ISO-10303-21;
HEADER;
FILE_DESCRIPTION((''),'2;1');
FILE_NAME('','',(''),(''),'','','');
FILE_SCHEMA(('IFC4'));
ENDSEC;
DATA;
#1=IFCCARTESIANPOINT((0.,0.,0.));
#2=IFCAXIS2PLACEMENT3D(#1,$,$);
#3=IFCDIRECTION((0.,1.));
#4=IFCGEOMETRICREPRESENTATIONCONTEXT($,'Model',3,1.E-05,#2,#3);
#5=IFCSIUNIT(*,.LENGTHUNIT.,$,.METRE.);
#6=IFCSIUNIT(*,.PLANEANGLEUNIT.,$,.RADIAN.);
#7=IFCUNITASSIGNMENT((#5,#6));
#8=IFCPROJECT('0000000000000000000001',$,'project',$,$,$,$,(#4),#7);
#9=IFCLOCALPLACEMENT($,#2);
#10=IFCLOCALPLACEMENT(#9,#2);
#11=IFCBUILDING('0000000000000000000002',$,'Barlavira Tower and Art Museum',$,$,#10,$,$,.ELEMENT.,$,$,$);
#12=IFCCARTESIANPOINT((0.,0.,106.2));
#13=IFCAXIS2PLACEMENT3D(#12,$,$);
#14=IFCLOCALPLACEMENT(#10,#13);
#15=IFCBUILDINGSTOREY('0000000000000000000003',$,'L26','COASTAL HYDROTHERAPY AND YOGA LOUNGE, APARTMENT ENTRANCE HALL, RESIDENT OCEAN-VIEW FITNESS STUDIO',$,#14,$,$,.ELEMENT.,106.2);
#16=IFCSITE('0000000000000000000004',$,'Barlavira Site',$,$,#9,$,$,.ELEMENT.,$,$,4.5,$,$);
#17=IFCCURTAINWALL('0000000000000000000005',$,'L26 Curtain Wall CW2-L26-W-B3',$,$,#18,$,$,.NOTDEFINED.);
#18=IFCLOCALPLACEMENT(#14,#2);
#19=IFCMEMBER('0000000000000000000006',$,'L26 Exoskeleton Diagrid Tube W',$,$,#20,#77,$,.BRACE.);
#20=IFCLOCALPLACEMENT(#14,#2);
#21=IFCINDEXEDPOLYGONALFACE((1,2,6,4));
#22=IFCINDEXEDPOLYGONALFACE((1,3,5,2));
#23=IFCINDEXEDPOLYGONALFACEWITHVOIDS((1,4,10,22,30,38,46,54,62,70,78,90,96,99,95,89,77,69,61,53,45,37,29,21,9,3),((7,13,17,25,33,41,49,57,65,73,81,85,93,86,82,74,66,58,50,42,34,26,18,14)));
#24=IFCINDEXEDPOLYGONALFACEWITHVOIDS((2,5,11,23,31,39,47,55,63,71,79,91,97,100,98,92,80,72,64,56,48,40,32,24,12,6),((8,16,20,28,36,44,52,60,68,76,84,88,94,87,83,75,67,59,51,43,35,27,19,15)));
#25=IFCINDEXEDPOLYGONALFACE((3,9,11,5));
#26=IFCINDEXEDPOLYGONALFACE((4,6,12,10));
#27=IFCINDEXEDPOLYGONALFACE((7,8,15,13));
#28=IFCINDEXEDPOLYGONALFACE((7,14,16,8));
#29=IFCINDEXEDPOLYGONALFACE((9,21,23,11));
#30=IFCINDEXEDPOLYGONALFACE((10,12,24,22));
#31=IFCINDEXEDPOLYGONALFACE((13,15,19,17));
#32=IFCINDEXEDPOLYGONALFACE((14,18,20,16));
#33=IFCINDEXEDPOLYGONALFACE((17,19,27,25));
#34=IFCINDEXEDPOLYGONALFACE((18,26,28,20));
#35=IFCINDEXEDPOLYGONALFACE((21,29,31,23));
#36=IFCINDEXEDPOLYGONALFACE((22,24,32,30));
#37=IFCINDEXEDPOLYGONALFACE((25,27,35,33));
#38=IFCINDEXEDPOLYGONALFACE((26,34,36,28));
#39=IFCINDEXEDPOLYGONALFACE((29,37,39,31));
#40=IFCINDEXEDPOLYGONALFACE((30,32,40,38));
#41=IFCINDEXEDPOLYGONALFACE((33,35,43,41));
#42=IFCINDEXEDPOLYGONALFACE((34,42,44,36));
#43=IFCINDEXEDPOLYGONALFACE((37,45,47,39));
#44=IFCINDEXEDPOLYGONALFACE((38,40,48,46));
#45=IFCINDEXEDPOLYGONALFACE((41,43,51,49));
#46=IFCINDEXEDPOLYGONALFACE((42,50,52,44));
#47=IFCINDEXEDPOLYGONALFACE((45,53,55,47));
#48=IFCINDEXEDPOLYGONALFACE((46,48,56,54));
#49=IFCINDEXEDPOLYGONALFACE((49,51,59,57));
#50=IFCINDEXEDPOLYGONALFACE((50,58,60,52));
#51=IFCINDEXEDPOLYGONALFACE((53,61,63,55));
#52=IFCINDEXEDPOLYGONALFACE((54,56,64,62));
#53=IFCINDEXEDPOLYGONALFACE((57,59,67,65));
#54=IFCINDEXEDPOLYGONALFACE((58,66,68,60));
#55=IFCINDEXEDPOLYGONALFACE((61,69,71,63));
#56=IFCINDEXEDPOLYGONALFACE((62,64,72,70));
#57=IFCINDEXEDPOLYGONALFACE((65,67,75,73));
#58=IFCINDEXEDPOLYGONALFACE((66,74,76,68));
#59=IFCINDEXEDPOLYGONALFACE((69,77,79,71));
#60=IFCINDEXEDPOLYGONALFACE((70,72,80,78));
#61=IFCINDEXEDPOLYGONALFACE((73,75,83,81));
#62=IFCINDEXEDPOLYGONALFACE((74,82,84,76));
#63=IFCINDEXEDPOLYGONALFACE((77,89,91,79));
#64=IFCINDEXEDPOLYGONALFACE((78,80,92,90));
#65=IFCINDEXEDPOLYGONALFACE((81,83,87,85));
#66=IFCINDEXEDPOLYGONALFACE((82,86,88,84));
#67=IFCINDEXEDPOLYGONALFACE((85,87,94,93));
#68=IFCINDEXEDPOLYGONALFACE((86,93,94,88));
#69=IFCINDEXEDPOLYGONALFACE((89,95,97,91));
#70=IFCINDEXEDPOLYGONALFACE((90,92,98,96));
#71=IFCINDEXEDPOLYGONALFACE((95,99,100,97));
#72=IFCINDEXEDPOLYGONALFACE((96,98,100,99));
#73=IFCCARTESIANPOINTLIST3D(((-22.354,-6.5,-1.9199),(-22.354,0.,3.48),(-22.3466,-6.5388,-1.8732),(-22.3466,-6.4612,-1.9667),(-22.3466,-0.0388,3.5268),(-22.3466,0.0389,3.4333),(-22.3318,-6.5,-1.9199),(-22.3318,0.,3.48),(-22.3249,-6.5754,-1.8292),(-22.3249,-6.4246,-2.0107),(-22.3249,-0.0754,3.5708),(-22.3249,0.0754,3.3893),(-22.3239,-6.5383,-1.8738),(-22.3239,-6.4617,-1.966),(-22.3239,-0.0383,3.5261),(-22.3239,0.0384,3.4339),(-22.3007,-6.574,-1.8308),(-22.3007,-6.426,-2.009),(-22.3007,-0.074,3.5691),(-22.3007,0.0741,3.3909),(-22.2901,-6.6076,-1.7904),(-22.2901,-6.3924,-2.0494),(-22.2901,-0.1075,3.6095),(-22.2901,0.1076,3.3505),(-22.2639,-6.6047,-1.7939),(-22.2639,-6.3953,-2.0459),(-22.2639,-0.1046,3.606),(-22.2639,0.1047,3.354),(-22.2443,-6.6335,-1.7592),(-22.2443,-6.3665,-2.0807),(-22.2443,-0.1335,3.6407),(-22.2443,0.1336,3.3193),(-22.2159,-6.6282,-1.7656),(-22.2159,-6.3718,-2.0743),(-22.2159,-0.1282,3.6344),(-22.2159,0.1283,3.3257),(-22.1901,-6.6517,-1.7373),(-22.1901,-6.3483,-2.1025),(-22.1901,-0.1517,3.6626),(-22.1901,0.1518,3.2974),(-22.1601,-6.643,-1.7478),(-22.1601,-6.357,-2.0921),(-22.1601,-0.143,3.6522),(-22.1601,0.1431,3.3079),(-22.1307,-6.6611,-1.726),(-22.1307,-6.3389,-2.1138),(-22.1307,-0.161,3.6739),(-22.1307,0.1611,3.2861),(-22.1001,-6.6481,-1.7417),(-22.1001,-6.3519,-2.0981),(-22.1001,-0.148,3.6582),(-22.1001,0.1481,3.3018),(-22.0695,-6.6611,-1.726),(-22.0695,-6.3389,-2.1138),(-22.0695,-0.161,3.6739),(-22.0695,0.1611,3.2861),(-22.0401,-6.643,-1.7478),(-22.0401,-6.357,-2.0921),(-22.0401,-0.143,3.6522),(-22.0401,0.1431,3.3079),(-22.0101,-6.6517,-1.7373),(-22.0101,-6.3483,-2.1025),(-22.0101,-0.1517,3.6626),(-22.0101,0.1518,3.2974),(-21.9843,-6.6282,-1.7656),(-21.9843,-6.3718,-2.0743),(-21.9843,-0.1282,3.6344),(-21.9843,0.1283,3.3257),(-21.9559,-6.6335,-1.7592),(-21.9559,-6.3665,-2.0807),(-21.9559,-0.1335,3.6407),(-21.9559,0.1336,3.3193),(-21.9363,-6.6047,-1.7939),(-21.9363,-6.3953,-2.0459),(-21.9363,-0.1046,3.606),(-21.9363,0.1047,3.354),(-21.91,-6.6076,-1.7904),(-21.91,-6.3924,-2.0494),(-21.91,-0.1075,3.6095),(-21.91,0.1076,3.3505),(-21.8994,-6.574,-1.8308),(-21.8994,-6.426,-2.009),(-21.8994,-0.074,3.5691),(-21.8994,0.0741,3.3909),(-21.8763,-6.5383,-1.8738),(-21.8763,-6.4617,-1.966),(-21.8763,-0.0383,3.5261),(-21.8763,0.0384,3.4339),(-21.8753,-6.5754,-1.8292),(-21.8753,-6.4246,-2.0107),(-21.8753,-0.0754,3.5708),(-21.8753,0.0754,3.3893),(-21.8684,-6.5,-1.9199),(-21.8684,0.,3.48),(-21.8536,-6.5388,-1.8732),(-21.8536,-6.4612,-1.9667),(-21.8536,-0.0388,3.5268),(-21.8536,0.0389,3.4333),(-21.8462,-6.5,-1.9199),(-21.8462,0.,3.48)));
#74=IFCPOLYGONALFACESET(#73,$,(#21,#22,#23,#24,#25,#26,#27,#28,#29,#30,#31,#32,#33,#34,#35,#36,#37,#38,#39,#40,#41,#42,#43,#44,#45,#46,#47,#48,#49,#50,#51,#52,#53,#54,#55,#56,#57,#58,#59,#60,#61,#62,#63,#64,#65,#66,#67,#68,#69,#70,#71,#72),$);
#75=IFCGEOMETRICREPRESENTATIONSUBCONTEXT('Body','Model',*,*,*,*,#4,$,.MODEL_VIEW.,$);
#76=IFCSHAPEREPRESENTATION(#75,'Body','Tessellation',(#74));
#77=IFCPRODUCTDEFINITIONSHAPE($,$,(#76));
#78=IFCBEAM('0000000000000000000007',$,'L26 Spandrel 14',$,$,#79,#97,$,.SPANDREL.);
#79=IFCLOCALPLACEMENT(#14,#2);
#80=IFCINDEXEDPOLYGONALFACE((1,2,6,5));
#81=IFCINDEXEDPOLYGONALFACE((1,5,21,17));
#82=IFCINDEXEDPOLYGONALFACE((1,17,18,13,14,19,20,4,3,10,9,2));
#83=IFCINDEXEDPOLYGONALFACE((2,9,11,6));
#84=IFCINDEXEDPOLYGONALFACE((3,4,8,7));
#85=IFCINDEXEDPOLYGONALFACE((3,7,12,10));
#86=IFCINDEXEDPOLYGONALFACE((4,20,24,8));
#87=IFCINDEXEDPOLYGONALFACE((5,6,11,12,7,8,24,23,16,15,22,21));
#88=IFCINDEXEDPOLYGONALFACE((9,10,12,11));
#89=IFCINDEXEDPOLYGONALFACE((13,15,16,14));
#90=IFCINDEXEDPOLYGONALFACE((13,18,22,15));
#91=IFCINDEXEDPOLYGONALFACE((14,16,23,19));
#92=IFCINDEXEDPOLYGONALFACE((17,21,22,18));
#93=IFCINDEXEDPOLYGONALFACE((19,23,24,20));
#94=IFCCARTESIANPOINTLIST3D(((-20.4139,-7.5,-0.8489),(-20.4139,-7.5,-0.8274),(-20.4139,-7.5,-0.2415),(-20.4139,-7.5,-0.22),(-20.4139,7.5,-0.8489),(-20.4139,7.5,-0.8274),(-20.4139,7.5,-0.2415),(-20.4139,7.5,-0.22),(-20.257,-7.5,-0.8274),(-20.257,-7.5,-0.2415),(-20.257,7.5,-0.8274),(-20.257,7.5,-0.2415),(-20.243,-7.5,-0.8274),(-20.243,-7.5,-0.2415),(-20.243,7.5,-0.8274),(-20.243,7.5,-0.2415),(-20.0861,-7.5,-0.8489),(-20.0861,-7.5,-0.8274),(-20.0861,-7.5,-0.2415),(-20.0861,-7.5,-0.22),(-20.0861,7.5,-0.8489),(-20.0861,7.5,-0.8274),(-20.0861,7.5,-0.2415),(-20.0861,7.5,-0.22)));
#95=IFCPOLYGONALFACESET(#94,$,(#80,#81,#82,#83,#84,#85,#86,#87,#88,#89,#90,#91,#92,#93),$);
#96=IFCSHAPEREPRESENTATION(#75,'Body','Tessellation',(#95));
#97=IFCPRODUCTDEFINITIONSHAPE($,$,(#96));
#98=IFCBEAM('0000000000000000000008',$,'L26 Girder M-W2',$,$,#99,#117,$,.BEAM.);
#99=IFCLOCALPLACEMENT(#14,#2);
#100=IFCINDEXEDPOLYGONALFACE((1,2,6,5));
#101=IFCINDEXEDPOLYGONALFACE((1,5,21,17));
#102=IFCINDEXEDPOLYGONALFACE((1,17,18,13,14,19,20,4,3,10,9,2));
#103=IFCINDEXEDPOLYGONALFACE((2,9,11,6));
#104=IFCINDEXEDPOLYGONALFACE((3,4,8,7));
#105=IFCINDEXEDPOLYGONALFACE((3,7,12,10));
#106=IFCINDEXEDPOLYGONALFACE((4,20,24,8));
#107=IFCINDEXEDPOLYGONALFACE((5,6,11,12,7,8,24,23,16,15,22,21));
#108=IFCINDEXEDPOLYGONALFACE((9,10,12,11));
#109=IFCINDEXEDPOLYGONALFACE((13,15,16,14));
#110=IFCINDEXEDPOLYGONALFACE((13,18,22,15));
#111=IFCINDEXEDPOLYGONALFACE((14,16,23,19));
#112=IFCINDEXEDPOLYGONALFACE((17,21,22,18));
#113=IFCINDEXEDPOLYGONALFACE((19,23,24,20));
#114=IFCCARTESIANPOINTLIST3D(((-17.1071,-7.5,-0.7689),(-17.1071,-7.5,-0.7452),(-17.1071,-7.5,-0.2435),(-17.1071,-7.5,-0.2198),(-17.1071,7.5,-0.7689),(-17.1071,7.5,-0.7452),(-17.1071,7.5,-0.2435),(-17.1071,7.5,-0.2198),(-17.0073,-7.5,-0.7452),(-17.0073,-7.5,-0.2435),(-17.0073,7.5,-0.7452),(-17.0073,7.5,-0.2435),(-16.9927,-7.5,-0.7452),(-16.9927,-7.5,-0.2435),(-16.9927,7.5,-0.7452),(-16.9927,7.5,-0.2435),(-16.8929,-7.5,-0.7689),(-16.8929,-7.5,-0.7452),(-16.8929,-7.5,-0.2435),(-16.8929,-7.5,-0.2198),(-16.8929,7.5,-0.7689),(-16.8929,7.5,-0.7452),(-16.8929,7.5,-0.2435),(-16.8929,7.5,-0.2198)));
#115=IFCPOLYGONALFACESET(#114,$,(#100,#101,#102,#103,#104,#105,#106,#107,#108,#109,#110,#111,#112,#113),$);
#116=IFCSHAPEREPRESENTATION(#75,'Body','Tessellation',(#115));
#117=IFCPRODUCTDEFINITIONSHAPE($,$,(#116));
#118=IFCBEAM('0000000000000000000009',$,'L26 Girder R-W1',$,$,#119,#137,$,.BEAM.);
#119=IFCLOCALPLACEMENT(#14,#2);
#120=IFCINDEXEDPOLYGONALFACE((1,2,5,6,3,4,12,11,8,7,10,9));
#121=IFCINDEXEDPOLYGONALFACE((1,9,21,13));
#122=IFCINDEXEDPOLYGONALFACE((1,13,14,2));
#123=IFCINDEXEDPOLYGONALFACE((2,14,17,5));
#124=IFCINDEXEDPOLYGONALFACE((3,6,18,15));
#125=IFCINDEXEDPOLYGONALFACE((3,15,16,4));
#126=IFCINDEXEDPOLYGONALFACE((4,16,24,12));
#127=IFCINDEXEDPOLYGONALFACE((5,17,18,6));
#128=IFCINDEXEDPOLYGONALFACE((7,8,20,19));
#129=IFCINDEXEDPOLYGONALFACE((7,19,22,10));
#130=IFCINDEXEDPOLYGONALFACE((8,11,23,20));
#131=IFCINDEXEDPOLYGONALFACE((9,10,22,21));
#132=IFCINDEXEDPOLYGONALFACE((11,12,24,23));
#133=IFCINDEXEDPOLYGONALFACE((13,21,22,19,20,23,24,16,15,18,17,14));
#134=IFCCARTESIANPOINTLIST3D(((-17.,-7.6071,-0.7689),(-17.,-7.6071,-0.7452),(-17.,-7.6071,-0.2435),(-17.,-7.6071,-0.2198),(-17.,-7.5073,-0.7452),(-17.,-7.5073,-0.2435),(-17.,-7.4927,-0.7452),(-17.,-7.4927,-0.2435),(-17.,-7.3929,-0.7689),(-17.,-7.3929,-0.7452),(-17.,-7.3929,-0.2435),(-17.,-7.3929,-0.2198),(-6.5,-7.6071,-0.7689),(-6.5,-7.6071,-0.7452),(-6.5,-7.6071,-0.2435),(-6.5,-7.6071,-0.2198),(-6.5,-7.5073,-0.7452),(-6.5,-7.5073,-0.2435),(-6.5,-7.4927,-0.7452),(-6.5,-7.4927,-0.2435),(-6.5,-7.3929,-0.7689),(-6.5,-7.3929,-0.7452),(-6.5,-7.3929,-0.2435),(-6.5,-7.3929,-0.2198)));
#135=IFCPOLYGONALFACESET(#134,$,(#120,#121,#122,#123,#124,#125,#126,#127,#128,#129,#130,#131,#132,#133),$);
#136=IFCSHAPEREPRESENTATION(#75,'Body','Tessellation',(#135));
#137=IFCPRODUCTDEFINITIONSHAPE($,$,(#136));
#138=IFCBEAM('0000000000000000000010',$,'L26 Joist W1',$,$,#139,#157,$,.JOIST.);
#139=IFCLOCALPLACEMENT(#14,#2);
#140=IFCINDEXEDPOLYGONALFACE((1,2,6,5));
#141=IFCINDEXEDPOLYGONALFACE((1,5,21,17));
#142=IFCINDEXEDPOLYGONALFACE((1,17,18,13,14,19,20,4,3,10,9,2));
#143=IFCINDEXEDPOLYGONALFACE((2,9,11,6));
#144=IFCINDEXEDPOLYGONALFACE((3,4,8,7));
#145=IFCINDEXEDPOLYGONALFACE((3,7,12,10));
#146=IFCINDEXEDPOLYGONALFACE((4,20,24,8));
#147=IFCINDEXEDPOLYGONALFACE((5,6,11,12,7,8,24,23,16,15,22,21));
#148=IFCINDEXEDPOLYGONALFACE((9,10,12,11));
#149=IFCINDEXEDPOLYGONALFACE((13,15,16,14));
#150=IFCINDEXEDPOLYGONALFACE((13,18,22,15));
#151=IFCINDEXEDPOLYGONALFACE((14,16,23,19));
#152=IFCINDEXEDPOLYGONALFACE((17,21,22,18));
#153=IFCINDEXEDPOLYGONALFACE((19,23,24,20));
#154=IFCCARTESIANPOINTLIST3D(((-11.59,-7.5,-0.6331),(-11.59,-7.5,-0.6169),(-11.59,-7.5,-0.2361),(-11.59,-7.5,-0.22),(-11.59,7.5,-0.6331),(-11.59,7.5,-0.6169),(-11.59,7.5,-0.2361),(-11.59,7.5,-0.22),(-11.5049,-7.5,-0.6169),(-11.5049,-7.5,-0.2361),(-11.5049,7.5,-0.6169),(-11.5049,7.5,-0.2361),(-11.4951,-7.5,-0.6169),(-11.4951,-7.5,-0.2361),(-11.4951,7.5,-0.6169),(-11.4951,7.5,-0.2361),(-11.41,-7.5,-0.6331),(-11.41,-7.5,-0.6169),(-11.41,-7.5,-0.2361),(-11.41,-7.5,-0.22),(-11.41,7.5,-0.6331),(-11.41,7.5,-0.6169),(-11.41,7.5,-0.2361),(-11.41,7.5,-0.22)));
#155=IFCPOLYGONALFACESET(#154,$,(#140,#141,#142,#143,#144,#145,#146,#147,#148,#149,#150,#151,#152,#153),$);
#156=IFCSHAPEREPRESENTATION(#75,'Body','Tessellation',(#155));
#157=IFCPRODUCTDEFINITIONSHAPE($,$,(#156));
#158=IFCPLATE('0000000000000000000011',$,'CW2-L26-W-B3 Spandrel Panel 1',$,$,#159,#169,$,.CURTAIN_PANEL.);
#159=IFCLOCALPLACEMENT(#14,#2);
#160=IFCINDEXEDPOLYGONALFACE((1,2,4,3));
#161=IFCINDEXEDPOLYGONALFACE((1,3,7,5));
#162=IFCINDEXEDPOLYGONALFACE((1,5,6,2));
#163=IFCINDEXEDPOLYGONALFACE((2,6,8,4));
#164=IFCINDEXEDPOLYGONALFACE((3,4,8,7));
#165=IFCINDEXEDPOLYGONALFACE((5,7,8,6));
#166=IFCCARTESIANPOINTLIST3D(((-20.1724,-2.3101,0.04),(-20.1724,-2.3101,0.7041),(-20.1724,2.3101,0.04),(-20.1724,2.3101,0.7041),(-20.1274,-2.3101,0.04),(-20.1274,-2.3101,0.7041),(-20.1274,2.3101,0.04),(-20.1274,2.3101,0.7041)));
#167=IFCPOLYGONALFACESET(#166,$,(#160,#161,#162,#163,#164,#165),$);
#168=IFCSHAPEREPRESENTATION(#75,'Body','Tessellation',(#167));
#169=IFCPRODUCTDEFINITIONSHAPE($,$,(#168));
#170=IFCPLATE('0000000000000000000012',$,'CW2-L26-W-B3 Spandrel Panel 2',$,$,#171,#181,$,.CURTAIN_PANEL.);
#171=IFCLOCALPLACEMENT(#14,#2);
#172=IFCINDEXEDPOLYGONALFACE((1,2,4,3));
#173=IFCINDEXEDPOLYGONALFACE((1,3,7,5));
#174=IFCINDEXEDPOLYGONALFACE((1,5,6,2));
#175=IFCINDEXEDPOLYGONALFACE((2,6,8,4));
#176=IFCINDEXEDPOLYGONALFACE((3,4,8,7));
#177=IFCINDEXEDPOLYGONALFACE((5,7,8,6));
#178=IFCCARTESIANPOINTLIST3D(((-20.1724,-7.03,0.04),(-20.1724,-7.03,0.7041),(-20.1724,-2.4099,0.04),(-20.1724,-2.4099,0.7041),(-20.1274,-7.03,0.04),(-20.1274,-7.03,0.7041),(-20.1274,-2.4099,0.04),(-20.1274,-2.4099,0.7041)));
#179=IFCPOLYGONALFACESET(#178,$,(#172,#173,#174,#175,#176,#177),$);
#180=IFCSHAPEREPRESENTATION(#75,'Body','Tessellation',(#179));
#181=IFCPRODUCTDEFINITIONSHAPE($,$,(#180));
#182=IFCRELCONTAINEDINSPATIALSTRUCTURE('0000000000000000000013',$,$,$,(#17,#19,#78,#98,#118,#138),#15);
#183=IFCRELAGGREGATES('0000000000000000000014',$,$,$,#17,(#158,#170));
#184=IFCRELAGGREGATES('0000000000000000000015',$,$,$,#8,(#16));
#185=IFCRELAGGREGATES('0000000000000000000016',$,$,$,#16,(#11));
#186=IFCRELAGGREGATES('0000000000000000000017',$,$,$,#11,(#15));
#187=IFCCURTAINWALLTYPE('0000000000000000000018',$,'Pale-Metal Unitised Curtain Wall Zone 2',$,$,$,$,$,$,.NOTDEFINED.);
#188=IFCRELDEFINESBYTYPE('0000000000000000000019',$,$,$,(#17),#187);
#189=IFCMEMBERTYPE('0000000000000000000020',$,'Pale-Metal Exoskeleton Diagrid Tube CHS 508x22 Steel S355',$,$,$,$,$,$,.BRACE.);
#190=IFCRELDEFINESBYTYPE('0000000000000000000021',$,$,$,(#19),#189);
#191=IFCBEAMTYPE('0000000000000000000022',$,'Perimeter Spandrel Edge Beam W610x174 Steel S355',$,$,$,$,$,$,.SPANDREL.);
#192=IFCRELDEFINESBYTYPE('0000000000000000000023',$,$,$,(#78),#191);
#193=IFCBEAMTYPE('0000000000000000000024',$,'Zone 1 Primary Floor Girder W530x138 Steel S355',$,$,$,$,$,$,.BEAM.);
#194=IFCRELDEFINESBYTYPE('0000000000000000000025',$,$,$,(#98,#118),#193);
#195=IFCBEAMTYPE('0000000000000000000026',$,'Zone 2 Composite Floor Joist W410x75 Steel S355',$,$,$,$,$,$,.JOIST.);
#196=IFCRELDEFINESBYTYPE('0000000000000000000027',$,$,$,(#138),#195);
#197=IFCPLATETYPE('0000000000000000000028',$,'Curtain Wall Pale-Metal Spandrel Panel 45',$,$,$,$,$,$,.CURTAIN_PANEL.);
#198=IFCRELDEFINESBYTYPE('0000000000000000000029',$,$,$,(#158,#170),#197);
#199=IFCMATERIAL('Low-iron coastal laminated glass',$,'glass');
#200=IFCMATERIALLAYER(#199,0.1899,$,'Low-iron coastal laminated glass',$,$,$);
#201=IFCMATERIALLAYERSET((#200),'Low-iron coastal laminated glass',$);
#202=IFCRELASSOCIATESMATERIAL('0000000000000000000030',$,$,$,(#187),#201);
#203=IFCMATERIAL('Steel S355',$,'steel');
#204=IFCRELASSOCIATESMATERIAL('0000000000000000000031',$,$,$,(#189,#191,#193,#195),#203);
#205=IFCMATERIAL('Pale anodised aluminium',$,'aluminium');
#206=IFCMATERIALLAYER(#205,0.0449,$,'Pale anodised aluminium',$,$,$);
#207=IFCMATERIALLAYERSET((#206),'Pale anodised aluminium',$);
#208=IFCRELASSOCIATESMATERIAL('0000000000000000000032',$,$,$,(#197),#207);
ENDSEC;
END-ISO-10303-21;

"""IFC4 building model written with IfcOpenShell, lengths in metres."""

from ifc_helpers import new_model, si_unit, direction, frame, origin, origin_2d, place, context, subcontext, project, spatial, rectangle, hollow_circle, i_section, extrude, material, layer, layer_set, material_profile, profile_set, type_object, element, aggregate, save


model = new_model("IFC4")

# Units and contexts
model_context = context("Model", 3, precision=1e-05, world=origin(), true_north=direction((0.0, 1.0)))
body_context = subcontext(model_context, "Body", "Model", "MODEL_VIEW")
ifc_project = project(units=[si_unit("LENGTHUNIT", "METRE"), si_unit("PLANEANGLEUNIT", "RADIAN")], contexts=[model_context])

# Site, building, storey
site_placement = place(None, origin())
site = spatial("IfcSite", under=ifc_project, at=site_placement, Name="Barlavira Site", CompositionType="ELEMENT", RefElevation=4.5)
building_placement = place(site_placement, origin())
building = spatial("IfcBuilding", under=site, at=building_placement, Name="Barlavira Tower and Art Museum", CompositionType="ELEMENT")
storey_placement = place(building_placement, frame((0.0, 0.0, 106.2)))
storey = spatial("IfcBuildingStorey", under=building, at=storey_placement, Name="L26", Description="COASTAL HYDROTHERAPY AND YOGA LOUNGE, APARTMENT ENTRANCE HALL, RESIDENT OCEAN-VIEW FITNESS STUDIO", CompositionType="ELEMENT", Elevation=106.2)

# Curtain wall
ifc_material_1 = material(Name="Low-iron coastal laminated glass", Category="glass")
ifc_layer_1 = layer(ifc_material_1, 0.1899, Name="Low-iron coastal laminated glass")
ifc_layer_set_1 = layer_set([ifc_layer_1], Name="Low-iron coastal laminated glass")
curtain_wall_type = type_object("IfcCurtainWallType", Name="Pale-Metal Unitised Curtain Wall Zone 2", PredefinedType="NOTDEFINED", material=ifc_layer_set_1)
curtain_wall_placement = place(storey_placement, origin())
curtain_wall = element("IfcCurtainWall", 1, at=curtain_wall_placement, inside=storey, type_object=curtain_wall_type, Name="L26 Curtain Wall CW2-L26-W-B3", PredefinedType="NOTDEFINED")
ifc_material_2 = material(Name="Pale anodised aluminium", Category="aluminium")

# Member
ifc_material_3 = material(Name="Steel S355", Category="steel")
ifc_material_profile_1 = material_profile(ifc_material_3, hollow_circle(Radius=0.2539, WallThickness=0.0222, at=origin_2d()), Name="CHS 508.0x22.2")
ifc_profile_set_1 = profile_set([ifc_material_profile_1], Name="Steel S355")
member_type_1 = type_object("IfcMemberType", Name="Pale-Metal Exoskeleton Diagrid Tube CHS 508x22 Steel S355", PredefinedType="BRACE", material=ifc_profile_set_1)
for number, where, z_axis, x_axis, name in (
    (2, (-22.1001, -6.5, -1.9199), (0.0, 0.769196, 0.639013), (-1.0, 0.0, 0.0), "L26 Exoskeleton Diagrid Tube W"),
):
    element("IfcMember", number, at=place(storey_placement, frame(where, z_axis=z_axis, x_axis=x_axis)), inside=storey, type_object=member_type_1, Name=name, PredefinedType="BRACE", context=body_context, shape_type="SweptSolid", body=[
        extrude(hollow_circle(Radius=0.2539, WallThickness=0.0222, at=origin_2d()), origin(), (0.0, 0.0, 1.0), 8.4504),
    ])

# Beams
ifc_material_profile_2 = material_profile(ifc_material_3, i_section(OverallWidth=0.3279, OverallDepth=0.6289, WebThickness=0.0139, FlangeThickness=0.0215, at=origin_2d()), Name="W610x174.0")
ifc_profile_set_2 = profile_set([ifc_material_profile_2], Name="Steel S355")
beam_type_1 = type_object("IfcBeamType", Name="Perimeter Spandrel Edge Beam W610x174 Steel S355", PredefinedType="SPANDREL", material=ifc_profile_set_2)
beam_1_placement = place(storey_placement, frame((-20.25, -7.5, -0.5344), z_axis=(0.0, 1.0, 0.0), x_axis=(-1.0, 0.0, 0.0)))
element("IfcBeam", 3, at=beam_1_placement, inside=storey, type_object=beam_type_1, Name="L26 Spandrel 14", PredefinedType="SPANDREL", context=body_context, shape_type="SweptSolid", body=[
    extrude(i_section(OverallWidth=0.3279, OverallDepth=0.6289, WebThickness=0.0139, FlangeThickness=0.0215, at=origin_2d()), origin(), (0.0, 0.0, 1.0), 15.0),
])
ifc_material_profile_3 = material_profile(ifc_material_3, i_section(OverallWidth=0.2141, OverallDepth=0.5491, WebThickness=0.0146, FlangeThickness=0.0237, at=origin_2d()), Name="W530x138.0")
ifc_profile_set_3 = profile_set([ifc_material_profile_3], Name="Steel S355")
beam_type_2 = type_object("IfcBeamType", Name="Zone 1 Primary Floor Girder W530x138 Steel S355", PredefinedType="BEAM", material=ifc_profile_set_3)
beam_2_placement = place(storey_placement, frame((-17.0, -7.5, -0.4944), z_axis=(0.0, 1.0, 0.0), x_axis=(-1.0, 0.0, 0.0)))
element("IfcBeam", 4, at=beam_2_placement, inside=storey, type_object=beam_type_2, Name="L26 Girder M-W2", PredefinedType="BEAM", context=body_context, shape_type="SweptSolid", body=[
    extrude(i_section(OverallWidth=0.2141, OverallDepth=0.5491, WebThickness=0.0146, FlangeThickness=0.0237, at=origin_2d()), origin(), (0.0, 0.0, 1.0), 15.0),
])
beam_3_placement = place(storey_placement, frame((-17.0, -7.5, -0.4944), z_axis=(1.0, 0.0, 0.0), x_axis=(0.0, 1.0, 0.0)))
element("IfcBeam", 5, at=beam_3_placement, inside=storey, type_object=beam_type_2, Name="L26 Girder R-W1", PredefinedType="BEAM", context=body_context, shape_type="SweptSolid", body=[
    extrude(i_section(OverallWidth=0.2141, OverallDepth=0.5491, WebThickness=0.0146, FlangeThickness=0.0237, at=origin_2d()), origin(), (0.0, 0.0, 1.0), 10.5),
])
ifc_material_profile_4 = material_profile(ifc_material_3, i_section(OverallWidth=0.1799, OverallDepth=0.4131, WebThickness=0.0098, FlangeThickness=0.0161, at=origin_2d()), Name="W410x75.0")
ifc_profile_set_4 = profile_set([ifc_material_profile_4], Name="Steel S355")
beam_type_3 = type_object("IfcBeamType", Name="Zone 2 Composite Floor Joist W410x75 Steel S355", PredefinedType="JOIST", material=ifc_profile_set_4)
beam_4_placement = place(storey_placement, frame((-11.5, -7.5, -0.4265), z_axis=(0.0, 1.0, 0.0), x_axis=(-1.0, 0.0, 0.0)))
element("IfcBeam", 6, at=beam_4_placement, inside=storey, type_object=beam_type_3, Name="L26 Joist W1", PredefinedType="JOIST", context=body_context, shape_type="SweptSolid", body=[
    extrude(i_section(OverallWidth=0.1799, OverallDepth=0.4131, WebThickness=0.0098, FlangeThickness=0.0161, at=origin_2d()), origin(), (0.0, 0.0, 1.0), 15.0),
])

# Plates
ifc_layer_2 = layer(ifc_material_2, 0.0449, Name="Pale anodised aluminium")
ifc_layer_set_2 = layer_set([ifc_layer_2], Name="Pale anodised aluminium")
plate_type_1 = type_object("IfcPlateType", Name="Curtain Wall Pale-Metal Spandrel Panel 45", PredefinedType="CURTAIN_PANEL", material=ifc_layer_set_2)
plate_1_placement = place(storey_placement, frame((-20.1499, 0.0, 0.04), z_axis=(0.0, 0.0, 1.0), x_axis=(0.0, -1.0, 0.0)))
plate_1 = element("IfcPlate", 7, at=plate_1_placement, type_object=plate_type_1, Name="CW2-L26-W-B3 Spandrel Panel 1", PredefinedType="CURTAIN_PANEL", context=body_context, shape_type="SweptSolid", body=[
    extrude(rectangle(XDim=4.6201, YDim=0.0449, at=origin_2d()), origin(), (0.0, 0.0, 1.0), 0.6641),
])
plate_2_placement = place(storey_placement, frame((-20.1499, -4.72, 0.04), z_axis=(0.0, 0.0, 1.0), x_axis=(0.0, -1.0, 0.0)))
plate_2 = element("IfcPlate", 8, at=plate_2_placement, type_object=plate_type_1, Name="CW2-L26-W-B3 Spandrel Panel 2", PredefinedType="CURTAIN_PANEL", context=body_context, shape_type="SweptSolid", body=[
    extrude(rectangle(XDim=4.6201, YDim=0.0449, at=origin_2d()), origin(), (0.0, 0.0, 1.0), 0.6641),
])
aggregate(curtain_wall, [plate_1, plate_2])

save(model, "model.ifc")
